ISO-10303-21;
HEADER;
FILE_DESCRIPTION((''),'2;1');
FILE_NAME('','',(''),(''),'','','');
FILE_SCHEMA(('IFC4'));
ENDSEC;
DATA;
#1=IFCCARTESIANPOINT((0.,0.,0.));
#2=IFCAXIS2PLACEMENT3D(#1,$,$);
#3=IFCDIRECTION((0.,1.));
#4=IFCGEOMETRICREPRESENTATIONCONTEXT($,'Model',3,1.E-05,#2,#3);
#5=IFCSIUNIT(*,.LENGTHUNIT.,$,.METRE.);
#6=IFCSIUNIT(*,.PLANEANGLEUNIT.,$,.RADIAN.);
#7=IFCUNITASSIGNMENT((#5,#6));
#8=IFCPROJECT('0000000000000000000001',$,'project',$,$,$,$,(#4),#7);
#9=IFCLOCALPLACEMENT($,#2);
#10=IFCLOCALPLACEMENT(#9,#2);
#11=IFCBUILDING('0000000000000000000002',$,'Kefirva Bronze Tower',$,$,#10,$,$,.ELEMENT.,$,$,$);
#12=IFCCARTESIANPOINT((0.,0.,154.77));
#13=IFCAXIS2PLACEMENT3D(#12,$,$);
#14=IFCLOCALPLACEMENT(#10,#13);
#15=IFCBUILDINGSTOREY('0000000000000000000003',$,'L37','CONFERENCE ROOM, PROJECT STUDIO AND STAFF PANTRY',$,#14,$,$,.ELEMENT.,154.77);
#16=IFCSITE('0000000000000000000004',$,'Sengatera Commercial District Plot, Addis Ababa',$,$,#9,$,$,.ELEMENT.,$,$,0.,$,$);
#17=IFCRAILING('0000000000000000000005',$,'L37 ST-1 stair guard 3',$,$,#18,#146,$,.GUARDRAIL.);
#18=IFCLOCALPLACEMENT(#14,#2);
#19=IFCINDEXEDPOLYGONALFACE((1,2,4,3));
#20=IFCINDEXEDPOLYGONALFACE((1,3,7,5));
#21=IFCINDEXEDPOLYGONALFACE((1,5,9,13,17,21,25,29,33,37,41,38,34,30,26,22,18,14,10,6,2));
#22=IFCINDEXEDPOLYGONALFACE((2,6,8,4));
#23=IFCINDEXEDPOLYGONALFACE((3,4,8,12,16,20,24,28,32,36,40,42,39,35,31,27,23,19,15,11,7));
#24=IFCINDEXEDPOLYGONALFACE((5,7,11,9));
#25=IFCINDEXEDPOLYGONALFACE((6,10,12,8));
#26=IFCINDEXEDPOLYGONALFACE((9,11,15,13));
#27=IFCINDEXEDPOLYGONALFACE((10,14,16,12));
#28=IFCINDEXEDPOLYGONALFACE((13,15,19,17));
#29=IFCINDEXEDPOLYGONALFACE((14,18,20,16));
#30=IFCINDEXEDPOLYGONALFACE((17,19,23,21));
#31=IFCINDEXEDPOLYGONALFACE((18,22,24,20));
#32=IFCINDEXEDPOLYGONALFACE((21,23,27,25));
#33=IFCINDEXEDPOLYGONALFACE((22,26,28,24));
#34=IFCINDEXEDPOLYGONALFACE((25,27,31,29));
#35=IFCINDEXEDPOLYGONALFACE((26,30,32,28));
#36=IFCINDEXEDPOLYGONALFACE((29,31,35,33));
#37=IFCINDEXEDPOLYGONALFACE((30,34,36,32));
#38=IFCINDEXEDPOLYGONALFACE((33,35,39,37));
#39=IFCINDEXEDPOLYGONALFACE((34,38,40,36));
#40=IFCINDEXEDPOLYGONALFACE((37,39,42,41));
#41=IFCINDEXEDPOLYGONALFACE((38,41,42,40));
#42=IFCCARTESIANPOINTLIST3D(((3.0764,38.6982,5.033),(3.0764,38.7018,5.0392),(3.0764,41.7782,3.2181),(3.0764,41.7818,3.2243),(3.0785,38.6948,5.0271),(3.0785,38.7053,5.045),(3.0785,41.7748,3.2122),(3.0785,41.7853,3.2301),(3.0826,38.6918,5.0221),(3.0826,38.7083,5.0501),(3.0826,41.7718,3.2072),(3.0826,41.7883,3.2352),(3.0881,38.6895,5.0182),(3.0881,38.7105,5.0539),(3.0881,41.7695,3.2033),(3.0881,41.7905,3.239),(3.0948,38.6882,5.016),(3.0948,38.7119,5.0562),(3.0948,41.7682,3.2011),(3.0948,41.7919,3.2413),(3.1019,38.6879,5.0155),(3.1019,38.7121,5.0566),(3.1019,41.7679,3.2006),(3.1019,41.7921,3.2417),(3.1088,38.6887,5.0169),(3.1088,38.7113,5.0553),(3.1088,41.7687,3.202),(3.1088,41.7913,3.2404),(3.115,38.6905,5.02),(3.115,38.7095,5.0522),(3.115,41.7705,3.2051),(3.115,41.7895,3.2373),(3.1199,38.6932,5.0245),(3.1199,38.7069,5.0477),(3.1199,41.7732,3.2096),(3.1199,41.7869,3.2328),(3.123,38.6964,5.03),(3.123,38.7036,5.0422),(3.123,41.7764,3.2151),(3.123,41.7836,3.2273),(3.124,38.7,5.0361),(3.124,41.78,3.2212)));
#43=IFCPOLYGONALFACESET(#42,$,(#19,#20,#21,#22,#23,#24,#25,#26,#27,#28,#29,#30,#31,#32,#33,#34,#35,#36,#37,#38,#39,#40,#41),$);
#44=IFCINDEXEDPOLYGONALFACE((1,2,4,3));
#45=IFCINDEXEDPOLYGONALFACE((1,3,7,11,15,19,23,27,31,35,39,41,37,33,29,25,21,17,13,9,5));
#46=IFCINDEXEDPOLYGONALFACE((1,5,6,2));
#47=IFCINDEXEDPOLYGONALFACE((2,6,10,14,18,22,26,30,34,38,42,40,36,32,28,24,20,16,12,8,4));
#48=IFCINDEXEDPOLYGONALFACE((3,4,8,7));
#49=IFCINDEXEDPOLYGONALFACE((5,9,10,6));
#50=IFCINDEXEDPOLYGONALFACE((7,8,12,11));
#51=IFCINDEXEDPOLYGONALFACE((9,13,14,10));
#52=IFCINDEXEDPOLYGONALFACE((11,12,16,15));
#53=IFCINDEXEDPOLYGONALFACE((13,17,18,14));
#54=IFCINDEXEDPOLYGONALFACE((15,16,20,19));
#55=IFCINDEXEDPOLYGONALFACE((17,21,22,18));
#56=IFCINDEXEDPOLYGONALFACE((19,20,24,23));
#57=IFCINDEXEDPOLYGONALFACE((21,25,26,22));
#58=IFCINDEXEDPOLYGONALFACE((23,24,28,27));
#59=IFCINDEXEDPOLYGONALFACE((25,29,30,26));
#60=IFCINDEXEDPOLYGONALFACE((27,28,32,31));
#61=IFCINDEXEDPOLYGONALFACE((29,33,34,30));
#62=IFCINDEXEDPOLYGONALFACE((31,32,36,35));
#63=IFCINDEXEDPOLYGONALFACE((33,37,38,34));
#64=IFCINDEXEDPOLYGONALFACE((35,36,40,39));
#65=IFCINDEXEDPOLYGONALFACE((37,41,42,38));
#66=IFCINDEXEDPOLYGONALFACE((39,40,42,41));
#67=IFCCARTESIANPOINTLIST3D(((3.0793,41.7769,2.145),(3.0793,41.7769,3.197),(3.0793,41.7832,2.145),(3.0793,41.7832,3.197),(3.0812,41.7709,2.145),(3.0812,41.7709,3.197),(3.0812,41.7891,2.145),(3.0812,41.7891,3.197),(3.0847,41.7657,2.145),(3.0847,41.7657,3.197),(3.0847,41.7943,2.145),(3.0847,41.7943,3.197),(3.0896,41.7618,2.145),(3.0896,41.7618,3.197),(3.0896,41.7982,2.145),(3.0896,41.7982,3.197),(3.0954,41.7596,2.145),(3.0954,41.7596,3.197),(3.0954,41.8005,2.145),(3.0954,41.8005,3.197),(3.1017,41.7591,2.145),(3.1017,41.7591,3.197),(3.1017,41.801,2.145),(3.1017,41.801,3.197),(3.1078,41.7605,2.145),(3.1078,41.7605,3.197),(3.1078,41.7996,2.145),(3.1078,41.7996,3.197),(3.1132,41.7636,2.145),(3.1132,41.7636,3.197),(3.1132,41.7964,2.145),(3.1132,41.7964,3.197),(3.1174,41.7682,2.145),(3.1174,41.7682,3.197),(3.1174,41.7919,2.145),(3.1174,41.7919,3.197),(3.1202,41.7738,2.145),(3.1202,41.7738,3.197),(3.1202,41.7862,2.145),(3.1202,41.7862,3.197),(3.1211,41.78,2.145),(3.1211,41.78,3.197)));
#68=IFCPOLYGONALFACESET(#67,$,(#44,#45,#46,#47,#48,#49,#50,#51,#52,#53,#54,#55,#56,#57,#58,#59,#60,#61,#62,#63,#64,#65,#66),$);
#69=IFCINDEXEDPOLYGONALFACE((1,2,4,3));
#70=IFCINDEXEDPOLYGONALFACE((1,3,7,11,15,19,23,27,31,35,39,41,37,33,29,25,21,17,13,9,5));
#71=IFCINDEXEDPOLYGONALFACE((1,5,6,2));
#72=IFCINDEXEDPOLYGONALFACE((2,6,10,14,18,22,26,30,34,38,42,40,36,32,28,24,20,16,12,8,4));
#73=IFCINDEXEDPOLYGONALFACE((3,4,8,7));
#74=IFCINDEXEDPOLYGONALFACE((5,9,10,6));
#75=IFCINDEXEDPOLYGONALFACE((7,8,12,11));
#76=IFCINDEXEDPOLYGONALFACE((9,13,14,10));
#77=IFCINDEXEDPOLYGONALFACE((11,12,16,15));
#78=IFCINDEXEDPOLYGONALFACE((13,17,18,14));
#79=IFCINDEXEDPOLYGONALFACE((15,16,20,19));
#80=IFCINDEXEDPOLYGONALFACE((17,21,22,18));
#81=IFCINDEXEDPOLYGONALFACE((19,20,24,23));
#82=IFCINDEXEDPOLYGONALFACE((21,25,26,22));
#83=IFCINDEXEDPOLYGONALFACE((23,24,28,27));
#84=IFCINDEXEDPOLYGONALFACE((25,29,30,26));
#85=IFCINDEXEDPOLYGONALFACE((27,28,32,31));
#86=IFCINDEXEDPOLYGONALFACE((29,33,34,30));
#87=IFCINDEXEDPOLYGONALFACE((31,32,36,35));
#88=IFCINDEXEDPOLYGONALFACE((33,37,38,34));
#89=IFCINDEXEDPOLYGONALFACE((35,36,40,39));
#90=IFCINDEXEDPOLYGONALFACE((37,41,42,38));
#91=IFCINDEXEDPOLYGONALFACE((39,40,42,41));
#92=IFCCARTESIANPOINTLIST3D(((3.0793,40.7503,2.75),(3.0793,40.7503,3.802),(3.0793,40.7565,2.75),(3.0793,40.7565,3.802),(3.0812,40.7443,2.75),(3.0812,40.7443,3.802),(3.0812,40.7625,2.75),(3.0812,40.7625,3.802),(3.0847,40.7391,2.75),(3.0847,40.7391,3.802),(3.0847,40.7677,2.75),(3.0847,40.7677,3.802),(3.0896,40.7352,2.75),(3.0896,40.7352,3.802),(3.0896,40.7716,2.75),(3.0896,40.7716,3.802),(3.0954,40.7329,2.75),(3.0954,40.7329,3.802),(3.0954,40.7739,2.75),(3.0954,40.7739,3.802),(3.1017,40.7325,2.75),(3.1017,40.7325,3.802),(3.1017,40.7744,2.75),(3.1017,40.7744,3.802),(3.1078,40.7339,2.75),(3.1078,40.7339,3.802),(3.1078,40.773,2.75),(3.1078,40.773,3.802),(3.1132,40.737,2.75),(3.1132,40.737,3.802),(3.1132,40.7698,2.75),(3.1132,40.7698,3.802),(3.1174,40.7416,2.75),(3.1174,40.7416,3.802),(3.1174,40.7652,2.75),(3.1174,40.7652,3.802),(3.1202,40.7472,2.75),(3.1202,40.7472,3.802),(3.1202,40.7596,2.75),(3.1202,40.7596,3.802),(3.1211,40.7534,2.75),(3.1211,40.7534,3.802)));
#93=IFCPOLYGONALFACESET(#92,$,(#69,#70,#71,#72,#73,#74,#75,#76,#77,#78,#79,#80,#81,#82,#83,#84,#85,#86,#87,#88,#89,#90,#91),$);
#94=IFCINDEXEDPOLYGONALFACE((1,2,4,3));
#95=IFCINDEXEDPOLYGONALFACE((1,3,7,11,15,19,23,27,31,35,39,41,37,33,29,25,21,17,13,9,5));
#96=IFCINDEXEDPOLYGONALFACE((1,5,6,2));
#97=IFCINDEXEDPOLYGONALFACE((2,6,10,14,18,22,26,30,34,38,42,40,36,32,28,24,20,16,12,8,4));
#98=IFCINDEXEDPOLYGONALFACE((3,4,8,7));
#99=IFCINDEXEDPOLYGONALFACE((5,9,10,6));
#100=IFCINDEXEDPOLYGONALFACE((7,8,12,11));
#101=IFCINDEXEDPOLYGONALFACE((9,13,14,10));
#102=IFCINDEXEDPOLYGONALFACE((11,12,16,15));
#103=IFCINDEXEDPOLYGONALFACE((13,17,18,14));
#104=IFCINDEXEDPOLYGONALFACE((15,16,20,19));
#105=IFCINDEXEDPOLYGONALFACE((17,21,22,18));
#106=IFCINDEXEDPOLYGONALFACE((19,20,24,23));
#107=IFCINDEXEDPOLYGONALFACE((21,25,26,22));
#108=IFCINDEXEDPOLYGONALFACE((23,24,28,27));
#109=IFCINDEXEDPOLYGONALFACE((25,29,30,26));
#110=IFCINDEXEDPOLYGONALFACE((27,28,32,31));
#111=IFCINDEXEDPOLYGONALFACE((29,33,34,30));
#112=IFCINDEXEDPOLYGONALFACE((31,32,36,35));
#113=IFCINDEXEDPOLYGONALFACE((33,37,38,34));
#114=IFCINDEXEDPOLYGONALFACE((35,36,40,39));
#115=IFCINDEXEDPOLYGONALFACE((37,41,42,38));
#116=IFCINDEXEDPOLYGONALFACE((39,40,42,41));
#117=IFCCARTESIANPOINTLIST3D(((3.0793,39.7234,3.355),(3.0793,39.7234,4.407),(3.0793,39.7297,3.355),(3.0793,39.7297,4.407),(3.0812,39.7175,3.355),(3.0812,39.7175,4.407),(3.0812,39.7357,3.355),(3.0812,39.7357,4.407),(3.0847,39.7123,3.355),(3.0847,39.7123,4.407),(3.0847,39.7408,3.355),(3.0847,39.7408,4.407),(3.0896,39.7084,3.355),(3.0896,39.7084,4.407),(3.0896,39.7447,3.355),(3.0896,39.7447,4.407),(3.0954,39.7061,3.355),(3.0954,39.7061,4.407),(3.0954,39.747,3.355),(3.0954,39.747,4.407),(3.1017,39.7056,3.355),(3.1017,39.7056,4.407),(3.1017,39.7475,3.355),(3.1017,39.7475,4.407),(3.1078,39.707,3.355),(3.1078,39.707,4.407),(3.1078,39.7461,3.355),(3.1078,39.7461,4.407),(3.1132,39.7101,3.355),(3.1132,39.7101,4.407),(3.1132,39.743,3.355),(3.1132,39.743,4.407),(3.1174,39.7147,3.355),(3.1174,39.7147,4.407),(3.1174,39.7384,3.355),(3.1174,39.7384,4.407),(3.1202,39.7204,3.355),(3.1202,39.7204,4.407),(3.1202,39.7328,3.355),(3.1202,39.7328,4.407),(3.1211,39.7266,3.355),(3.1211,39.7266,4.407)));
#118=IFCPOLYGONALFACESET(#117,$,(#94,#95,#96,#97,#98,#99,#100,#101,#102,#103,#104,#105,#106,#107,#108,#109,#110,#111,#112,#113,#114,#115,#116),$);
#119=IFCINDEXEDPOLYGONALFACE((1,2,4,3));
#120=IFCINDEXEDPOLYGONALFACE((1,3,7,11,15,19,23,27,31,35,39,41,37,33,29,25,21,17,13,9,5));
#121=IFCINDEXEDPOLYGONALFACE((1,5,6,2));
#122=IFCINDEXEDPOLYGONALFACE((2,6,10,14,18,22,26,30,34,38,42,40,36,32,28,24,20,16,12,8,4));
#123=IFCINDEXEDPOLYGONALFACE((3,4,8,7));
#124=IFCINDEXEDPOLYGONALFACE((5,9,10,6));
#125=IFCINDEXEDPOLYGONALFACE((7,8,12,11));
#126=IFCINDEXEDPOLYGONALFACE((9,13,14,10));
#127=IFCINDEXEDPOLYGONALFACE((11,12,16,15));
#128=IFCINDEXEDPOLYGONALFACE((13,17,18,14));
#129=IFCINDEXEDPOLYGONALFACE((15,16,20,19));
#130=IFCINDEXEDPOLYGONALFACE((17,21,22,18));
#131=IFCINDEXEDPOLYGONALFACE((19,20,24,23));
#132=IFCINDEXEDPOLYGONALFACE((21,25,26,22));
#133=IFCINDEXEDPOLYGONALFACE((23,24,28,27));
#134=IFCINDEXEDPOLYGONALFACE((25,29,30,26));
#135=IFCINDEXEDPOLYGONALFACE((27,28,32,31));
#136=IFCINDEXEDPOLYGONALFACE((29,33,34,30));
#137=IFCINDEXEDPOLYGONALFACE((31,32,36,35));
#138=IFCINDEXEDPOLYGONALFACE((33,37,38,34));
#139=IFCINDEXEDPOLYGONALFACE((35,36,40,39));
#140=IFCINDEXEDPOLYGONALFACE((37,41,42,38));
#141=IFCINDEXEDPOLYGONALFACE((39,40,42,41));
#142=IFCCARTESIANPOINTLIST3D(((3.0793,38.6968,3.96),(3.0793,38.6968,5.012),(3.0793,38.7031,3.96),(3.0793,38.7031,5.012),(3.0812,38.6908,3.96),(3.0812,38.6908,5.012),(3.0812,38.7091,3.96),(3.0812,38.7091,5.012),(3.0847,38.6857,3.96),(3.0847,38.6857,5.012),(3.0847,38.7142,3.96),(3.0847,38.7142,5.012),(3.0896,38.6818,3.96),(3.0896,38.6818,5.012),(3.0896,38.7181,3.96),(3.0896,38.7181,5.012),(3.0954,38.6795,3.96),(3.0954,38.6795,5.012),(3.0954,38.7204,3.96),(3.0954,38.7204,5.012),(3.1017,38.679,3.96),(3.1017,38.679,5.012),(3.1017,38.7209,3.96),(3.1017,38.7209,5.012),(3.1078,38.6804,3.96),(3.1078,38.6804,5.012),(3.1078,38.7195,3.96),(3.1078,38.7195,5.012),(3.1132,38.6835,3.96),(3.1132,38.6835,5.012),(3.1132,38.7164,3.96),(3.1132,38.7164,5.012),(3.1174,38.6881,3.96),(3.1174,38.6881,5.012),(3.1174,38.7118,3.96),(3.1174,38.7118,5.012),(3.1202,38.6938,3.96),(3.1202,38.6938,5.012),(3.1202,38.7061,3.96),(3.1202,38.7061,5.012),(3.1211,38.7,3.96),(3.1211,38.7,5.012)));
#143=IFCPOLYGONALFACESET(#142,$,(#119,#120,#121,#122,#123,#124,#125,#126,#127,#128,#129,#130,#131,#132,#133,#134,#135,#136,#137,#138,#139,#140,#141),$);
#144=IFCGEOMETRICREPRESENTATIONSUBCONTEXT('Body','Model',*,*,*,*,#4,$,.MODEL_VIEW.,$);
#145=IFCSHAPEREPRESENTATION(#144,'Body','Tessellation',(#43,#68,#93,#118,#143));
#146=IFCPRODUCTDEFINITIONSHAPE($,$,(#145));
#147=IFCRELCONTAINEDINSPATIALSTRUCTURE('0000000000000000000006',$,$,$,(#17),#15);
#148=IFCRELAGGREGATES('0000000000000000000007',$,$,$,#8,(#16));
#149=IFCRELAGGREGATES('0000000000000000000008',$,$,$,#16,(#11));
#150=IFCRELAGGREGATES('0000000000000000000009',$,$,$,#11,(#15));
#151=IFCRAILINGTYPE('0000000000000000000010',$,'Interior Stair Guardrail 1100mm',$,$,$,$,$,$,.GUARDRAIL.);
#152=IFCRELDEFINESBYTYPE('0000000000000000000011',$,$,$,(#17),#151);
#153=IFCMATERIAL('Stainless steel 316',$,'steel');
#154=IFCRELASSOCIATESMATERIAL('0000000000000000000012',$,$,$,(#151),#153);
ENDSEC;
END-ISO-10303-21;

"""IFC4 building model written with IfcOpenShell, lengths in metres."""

from ifc_helpers import new_model, si_unit, direction, frame, origin, origin_2d, place, context, subcontext, project, spatial, circle, extrude, material, type_object, element, save


model = new_model("IFC4")

# Units and contexts
model_context = context("Model", 3, precision=1e-05, world=origin(), true_north=direction((0.0, 1.0)))
body_context = subcontext(model_context, "Body", "Model", "MODEL_VIEW")
ifc_project = project(units=[si_unit("LENGTHUNIT", "METRE"), si_unit("PLANEANGLEUNIT", "RADIAN")], contexts=[model_context])

# Site, building, storey
site_placement = place(None, origin())
site = spatial("IfcSite", under=ifc_project, at=site_placement, Name="Sengatera Commercial District Plot, Addis Ababa", CompositionType="ELEMENT", RefElevation=0.0)
building_placement = place(site_placement, origin())
building = spatial("IfcBuilding", under=site, at=building_placement, Name="Kefirva Bronze Tower", CompositionType="ELEMENT")
storey_placement = place(building_placement, frame((0.0, 0.0, 154.77)))
storey = spatial("IfcBuildingStorey", under=building, at=storey_placement, Name="L37", Description="CONFERENCE ROOM, PROJECT STUDIO AND STAFF PANTRY", CompositionType="ELEMENT", Elevation=154.77)

# Railing
ifc_material_1 = material(Name="Stainless steel 316", Category="steel")
railing_type_1 = type_object("IfcRailingType", Name="Interior Stair Guardrail 1100mm", PredefinedType="GUARDRAIL", material=ifc_material_1)
railing_1_placement = place(storey_placement, frame((3.1001, 41.78, 2.145)))
element("IfcRailing", 1, at=railing_1_placement, inside=storey, type_object=railing_type_1, Name="L37 ST-1 stair guard 3", PredefinedType="GUARDRAIL", context=body_context, shape_type="SweptSolid", body=[
    extrude(circle(Radius=0.0239, at=origin_2d()), frame((0.0, 0.0, 1.0762), z_axis=(0.0, -0.861551, 0.507671), x_axis=(1.0, 0.0, 0.0)), (0.0, 0.0, 1.0), 3.575),
    extrude(circle(Radius=0.021, at=origin_2d()), origin(), (0.0, 0.0, 1.0), 1.052),
    extrude(circle(Radius=0.021, at=origin_2d()), frame((0.0, -1.0266, 0.605)), (0.0, 0.0, 1.0), 1.052),
    extrude(circle(Radius=0.021, at=origin_2d()), frame((0.0, -2.0535, 1.21)), (0.0, 0.0, 1.0), 1.052),
    extrude(circle(Radius=0.021, at=origin_2d()), frame((0.0, -3.0801, 1.8149)), (0.0, 0.0, 1.0), 1.052),
])

save(model, "model.ifc")
